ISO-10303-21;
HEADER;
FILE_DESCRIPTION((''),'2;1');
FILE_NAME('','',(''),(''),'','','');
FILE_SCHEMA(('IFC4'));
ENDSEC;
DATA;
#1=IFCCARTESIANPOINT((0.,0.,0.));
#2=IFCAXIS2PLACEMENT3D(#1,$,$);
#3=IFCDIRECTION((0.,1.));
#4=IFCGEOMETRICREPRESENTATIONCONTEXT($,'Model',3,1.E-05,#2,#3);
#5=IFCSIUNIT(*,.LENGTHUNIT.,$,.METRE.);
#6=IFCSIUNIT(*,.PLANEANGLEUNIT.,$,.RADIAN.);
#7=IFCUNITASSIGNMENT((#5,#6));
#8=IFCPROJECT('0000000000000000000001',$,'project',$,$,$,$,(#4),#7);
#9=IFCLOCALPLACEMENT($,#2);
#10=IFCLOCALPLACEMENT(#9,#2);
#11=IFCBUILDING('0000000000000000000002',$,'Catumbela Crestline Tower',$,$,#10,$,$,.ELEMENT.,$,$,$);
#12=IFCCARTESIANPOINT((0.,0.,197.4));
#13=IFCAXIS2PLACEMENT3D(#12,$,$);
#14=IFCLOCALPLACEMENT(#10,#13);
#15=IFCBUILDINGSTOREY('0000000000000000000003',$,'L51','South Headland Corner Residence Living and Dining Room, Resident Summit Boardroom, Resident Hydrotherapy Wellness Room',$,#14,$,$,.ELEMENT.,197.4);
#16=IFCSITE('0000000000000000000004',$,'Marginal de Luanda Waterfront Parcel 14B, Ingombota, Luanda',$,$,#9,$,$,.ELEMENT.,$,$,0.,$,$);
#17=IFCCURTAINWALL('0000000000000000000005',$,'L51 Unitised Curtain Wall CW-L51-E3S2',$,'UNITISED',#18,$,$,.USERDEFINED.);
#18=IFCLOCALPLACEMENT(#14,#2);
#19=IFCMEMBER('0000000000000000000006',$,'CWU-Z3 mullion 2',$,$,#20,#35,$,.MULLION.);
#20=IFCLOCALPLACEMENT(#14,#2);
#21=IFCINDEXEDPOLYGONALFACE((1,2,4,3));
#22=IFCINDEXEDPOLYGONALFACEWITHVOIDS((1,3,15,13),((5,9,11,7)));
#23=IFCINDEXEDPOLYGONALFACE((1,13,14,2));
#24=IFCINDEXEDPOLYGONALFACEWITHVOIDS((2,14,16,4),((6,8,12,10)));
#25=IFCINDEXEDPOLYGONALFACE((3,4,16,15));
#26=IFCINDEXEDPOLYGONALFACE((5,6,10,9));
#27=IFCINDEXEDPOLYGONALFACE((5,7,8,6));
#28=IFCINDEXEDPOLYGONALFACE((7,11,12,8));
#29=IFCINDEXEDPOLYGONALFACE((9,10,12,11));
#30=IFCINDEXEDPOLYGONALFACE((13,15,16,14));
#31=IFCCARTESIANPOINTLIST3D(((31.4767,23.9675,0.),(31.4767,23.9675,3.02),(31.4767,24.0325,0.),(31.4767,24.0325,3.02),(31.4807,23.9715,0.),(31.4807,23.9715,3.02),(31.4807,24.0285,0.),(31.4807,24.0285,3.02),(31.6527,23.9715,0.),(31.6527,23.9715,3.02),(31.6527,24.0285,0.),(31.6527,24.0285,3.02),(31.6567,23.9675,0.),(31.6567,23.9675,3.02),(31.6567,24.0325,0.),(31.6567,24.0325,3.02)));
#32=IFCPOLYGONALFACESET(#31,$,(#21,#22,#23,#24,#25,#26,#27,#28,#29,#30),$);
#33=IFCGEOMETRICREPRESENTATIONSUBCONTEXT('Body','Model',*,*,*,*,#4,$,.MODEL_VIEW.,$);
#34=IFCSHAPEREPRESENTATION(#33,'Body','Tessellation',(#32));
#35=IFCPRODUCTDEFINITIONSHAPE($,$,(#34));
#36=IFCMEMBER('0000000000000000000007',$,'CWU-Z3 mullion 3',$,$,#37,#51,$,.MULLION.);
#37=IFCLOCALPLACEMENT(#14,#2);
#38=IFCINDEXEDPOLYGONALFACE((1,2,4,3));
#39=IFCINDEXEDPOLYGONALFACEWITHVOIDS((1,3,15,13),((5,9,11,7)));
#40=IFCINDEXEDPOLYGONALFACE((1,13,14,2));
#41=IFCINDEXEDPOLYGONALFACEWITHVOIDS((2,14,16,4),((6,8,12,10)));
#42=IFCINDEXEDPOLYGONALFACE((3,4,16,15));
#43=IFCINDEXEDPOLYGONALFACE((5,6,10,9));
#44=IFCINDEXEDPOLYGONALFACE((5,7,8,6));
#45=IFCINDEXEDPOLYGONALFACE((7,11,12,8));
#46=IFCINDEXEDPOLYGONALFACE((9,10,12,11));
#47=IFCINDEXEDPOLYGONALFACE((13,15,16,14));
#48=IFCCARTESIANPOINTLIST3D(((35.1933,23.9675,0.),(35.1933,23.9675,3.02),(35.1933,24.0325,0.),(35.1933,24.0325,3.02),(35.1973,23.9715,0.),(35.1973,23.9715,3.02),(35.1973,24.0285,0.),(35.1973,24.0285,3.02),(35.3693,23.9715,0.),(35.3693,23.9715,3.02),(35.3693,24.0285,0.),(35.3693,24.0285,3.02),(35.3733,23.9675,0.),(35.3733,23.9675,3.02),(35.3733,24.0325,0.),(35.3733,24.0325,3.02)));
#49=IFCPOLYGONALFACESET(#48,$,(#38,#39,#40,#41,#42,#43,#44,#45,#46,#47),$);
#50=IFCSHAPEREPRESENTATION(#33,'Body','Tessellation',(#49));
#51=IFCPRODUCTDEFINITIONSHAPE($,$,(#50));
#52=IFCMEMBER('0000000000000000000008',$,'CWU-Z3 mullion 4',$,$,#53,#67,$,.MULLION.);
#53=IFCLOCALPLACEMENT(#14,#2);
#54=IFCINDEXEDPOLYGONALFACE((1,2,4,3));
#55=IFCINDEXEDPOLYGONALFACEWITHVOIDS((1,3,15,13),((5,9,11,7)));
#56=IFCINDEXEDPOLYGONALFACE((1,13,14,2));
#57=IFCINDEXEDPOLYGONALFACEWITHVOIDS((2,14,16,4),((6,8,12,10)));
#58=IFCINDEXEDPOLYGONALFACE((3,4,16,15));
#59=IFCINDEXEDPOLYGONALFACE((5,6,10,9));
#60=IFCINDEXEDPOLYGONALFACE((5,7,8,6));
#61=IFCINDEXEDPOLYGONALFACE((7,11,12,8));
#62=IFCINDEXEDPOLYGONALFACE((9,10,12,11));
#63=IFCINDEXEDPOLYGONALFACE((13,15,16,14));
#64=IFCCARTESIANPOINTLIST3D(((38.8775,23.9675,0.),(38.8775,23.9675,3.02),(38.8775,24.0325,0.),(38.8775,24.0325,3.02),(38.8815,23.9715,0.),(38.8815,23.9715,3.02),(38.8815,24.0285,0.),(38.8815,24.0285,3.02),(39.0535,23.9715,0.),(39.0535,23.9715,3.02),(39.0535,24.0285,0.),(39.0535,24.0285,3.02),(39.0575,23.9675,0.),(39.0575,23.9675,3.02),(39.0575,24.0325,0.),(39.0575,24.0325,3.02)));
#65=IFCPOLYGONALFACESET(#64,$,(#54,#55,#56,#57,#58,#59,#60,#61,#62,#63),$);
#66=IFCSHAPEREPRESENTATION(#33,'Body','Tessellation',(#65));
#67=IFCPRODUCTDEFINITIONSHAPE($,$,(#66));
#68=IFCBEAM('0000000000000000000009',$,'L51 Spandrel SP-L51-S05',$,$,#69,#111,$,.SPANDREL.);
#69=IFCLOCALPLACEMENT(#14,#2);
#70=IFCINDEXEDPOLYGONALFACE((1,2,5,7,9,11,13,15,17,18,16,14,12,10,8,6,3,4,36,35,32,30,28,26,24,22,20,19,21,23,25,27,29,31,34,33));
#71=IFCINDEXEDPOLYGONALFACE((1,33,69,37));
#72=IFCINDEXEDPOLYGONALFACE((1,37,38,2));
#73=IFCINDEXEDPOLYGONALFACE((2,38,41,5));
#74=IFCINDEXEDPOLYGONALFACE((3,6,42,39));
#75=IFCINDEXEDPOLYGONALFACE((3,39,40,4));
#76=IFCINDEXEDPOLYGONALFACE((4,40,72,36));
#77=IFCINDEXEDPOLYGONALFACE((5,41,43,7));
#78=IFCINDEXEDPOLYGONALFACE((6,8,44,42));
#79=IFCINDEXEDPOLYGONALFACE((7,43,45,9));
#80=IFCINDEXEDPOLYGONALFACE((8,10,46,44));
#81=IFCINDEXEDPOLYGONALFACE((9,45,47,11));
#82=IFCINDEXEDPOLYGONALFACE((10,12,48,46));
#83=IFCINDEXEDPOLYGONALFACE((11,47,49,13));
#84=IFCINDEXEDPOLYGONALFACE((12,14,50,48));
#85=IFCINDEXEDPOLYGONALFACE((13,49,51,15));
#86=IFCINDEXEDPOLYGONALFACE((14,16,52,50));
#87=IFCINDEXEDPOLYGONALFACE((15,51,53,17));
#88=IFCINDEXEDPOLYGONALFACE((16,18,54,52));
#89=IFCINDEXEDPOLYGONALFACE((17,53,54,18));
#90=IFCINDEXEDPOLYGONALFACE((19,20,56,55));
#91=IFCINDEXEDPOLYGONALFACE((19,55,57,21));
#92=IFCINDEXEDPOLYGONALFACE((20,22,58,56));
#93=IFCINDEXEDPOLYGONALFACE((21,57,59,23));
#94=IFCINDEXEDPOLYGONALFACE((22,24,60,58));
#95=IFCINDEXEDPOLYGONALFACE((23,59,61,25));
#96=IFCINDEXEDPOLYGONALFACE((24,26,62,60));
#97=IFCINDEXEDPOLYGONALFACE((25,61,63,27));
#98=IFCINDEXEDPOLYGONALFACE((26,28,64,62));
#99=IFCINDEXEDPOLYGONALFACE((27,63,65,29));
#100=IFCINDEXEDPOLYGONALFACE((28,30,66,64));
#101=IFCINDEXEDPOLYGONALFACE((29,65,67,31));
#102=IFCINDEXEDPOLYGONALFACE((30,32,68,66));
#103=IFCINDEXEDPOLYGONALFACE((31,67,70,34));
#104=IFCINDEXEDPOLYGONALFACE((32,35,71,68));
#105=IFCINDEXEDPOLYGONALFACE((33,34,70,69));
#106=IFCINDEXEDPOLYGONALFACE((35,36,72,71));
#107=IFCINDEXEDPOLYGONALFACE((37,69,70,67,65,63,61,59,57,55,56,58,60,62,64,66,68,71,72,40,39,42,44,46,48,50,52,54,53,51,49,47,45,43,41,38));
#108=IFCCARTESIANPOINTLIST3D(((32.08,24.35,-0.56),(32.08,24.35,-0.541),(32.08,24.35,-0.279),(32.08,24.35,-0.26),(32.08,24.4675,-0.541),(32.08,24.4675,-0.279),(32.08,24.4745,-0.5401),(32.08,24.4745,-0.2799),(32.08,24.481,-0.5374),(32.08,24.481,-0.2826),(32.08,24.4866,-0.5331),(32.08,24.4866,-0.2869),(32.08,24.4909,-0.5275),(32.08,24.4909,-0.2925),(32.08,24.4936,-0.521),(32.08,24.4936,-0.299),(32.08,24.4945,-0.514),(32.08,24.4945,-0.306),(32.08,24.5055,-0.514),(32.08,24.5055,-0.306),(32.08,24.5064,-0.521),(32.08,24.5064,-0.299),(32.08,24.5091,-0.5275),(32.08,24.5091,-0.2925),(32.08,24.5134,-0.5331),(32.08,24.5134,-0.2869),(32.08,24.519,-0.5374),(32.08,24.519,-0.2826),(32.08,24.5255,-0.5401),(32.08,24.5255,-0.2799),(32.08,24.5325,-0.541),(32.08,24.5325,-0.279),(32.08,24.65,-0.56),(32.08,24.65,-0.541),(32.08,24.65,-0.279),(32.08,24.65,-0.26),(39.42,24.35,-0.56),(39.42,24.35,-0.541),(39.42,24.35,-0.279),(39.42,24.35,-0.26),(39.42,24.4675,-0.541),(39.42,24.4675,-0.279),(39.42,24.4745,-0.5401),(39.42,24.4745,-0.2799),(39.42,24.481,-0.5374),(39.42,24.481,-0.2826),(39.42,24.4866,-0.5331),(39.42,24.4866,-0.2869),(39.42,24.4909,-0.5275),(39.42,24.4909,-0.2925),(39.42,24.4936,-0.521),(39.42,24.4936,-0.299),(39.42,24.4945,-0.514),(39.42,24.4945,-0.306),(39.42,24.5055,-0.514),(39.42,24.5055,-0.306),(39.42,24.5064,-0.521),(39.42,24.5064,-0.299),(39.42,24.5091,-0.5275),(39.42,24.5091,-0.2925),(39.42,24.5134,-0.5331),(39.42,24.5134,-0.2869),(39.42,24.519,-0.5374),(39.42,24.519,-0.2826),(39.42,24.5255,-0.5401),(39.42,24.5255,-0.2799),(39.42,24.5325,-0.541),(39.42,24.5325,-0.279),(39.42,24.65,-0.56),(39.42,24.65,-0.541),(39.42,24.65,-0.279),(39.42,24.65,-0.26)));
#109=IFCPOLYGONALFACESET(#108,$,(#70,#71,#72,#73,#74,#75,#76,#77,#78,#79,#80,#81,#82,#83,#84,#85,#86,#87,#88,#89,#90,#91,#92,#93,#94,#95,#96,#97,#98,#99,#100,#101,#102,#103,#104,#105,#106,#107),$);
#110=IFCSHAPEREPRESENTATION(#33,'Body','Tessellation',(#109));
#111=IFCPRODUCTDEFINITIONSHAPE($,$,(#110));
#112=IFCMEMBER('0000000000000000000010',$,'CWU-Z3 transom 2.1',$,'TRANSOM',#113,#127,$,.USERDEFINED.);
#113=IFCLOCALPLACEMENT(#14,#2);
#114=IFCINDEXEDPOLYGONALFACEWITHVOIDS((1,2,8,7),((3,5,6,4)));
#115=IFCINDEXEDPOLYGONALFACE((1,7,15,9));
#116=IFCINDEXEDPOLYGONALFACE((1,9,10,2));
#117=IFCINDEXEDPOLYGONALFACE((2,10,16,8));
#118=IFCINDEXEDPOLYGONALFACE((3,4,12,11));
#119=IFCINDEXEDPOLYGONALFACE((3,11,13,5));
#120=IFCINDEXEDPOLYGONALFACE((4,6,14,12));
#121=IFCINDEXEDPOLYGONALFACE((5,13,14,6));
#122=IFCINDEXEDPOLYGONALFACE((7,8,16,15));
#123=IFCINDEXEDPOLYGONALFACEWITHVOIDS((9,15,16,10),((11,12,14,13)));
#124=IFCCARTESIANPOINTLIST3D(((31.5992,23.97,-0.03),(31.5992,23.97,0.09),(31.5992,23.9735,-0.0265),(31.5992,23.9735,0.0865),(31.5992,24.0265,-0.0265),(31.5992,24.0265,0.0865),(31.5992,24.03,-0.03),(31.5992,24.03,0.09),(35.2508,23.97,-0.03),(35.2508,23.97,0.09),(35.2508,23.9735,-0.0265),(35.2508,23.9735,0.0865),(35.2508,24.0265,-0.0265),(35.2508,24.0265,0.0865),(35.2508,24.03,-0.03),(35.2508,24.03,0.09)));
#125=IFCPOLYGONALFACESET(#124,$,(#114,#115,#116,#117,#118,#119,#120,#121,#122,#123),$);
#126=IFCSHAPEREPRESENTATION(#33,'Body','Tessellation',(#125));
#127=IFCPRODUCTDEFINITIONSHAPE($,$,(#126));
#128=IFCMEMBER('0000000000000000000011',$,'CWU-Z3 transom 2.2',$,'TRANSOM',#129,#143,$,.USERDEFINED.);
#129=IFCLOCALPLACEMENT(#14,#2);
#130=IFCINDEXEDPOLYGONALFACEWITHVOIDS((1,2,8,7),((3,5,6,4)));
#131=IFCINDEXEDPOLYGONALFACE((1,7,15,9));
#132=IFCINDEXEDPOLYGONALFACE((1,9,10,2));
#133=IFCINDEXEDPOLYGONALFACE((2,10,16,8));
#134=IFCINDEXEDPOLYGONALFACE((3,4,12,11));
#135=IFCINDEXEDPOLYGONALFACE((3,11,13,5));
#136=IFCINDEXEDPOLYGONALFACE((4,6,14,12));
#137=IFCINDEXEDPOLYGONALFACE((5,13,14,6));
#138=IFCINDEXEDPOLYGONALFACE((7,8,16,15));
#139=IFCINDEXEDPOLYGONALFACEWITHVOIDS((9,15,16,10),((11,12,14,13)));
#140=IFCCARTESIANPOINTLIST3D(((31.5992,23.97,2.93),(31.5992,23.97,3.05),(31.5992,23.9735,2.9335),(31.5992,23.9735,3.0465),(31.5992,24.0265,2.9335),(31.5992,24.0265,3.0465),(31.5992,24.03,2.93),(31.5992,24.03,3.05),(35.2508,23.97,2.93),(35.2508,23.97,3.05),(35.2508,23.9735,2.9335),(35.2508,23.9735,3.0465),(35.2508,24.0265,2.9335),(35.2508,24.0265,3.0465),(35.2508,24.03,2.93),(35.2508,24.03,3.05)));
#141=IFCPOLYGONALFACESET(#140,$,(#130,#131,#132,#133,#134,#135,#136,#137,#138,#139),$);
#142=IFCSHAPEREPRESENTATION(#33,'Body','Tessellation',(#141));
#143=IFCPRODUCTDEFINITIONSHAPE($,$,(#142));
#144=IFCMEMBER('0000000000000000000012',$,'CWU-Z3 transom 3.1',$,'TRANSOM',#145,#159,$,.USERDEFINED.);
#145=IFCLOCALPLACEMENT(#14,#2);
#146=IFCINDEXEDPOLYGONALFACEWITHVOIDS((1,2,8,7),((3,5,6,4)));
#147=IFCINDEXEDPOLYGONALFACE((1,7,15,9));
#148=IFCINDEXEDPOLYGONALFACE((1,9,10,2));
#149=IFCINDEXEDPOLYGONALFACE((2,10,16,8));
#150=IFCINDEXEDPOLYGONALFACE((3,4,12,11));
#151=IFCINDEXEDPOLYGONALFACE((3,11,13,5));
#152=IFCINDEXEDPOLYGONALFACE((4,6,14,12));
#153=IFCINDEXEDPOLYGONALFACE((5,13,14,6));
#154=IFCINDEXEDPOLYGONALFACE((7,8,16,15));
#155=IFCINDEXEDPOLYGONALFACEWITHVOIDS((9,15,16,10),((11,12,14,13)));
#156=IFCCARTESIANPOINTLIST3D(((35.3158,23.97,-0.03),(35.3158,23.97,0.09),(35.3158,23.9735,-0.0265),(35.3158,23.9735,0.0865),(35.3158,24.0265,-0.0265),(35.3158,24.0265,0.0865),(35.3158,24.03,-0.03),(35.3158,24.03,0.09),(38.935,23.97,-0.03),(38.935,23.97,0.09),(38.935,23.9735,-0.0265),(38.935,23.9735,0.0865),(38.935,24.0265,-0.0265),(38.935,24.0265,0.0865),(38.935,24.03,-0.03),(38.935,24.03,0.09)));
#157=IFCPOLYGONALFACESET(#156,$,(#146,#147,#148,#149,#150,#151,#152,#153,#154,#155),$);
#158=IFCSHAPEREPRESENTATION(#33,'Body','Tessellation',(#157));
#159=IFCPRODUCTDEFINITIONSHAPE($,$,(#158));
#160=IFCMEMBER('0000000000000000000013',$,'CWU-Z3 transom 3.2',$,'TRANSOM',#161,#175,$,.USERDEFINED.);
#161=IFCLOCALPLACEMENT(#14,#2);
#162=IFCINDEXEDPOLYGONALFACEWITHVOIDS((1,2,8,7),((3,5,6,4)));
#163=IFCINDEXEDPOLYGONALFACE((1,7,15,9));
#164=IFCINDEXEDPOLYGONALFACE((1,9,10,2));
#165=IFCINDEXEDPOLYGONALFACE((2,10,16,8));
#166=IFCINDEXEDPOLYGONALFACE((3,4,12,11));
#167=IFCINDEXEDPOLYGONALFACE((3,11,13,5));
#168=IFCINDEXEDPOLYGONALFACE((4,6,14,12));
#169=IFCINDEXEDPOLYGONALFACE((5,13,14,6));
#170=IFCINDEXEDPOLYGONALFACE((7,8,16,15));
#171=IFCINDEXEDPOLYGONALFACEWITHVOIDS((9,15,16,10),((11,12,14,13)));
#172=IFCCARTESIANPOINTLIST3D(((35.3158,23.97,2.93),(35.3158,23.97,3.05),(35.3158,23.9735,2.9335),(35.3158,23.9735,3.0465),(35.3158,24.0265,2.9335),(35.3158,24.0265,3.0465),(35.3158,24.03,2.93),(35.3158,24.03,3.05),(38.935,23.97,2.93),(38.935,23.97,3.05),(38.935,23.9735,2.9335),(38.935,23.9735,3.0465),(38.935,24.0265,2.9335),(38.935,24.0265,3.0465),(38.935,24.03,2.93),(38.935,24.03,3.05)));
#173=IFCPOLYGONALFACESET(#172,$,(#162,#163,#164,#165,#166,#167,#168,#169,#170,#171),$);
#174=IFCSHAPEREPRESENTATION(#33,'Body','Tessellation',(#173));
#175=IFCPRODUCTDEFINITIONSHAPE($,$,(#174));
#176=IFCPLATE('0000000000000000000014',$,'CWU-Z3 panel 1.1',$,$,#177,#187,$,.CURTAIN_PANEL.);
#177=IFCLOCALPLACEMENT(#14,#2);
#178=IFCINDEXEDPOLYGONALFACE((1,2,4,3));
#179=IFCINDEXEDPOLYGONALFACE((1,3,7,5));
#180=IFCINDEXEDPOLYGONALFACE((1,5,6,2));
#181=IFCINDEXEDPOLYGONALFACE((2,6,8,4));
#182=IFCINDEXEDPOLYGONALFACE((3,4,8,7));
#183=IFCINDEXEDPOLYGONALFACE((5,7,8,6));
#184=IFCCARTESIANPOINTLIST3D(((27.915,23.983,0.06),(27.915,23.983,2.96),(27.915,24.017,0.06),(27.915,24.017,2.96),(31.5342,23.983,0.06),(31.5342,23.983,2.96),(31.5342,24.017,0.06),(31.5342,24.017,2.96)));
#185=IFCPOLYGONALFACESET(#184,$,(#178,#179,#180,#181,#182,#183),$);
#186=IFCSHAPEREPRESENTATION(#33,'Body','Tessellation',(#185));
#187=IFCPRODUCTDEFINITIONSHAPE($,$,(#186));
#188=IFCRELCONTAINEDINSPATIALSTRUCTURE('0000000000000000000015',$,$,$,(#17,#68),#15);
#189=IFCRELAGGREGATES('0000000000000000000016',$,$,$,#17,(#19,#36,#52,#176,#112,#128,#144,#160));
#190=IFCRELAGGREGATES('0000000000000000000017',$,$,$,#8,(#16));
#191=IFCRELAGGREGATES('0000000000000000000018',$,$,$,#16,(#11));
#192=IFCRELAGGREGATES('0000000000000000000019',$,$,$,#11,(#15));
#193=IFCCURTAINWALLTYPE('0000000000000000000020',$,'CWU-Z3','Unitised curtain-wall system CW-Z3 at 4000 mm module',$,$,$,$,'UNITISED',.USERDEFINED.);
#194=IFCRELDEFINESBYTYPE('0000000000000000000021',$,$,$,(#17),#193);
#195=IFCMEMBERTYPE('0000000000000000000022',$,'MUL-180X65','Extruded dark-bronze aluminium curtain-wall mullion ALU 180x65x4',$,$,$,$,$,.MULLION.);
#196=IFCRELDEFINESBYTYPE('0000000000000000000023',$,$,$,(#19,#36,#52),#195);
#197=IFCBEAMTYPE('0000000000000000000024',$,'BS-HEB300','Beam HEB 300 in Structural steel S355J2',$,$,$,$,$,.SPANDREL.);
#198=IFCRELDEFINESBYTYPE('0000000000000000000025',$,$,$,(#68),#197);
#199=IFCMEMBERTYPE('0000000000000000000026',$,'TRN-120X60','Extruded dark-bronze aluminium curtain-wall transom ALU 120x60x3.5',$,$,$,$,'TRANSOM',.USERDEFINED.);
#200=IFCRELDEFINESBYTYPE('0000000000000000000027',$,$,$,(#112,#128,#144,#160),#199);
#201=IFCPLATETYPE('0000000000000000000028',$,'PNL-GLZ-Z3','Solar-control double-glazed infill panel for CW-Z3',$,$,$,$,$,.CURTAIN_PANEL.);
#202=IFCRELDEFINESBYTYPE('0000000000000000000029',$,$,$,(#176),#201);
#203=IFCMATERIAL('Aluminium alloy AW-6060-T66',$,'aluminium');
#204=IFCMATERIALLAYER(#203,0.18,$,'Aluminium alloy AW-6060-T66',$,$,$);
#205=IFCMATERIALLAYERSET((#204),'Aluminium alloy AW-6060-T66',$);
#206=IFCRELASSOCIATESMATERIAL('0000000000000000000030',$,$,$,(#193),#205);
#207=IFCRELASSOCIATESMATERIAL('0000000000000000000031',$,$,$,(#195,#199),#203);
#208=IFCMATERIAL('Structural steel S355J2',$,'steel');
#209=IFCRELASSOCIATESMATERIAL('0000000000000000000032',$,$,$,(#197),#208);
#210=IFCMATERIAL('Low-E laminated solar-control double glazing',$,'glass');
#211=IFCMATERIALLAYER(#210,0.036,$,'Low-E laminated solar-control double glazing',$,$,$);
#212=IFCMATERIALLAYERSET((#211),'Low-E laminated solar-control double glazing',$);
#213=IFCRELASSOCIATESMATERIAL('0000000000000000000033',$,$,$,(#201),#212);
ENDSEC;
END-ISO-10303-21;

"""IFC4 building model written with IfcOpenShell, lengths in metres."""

from ifc_helpers import new_model, si_unit, direction, frame, origin, origin_2d, place, context, subcontext, project, spatial, rectangle, hollow_rectangle, i_section, extrude, material, layer, layer_set, material_profile, profile_set, type_object, element, aggregate, save


model = new_model("IFC4")

# Units and contexts
model_context = context("Model", 3, precision=1e-05, world=origin(), true_north=direction((0.0, 1.0)))
body_context = subcontext(model_context, "Body", "Model", "MODEL_VIEW")
ifc_project = project(units=[si_unit("LENGTHUNIT", "METRE"), si_unit("PLANEANGLEUNIT", "RADIAN")], contexts=[model_context])

# Site, building, storey
site_placement = place(None, origin())
site = spatial("IfcSite", under=ifc_project, at=site_placement, Name="Marginal de Luanda Waterfront Parcel 14B, Ingombota, Luanda", CompositionType="ELEMENT", RefElevation=0.0)
building_placement = place(site_placement, origin())
building = spatial("IfcBuilding", under=site, at=building_placement, Name="Catumbela Crestline Tower", CompositionType="ELEMENT")
storey_placement = place(building_placement, frame((0.0, 0.0, 197.4)))
storey = spatial("IfcBuildingStorey", under=building, at=storey_placement, Name="L51", Description="South Headland Corner Residence Living and Dining Room, Resident Summit Boardroom, Resident Hydrotherapy Wellness Room", CompositionType="ELEMENT", Elevation=197.4)

# Shared definitions
ifc_material_1 = material(Name="Structural steel S355J2", Category="steel")

# Curtain wall, members
ifc_material_2 = material(Name="Aluminium alloy AW-6060-T66", Category="aluminium")
ifc_layer_1 = layer(ifc_material_2, 0.18, Name="Aluminium alloy AW-6060-T66")
ifc_layer_set_1 = layer_set([ifc_layer_1], Name="Aluminium alloy AW-6060-T66")
curtain_wall_type = type_object("IfcCurtainWallType", Name="CWU-Z3", Description="Unitised curtain-wall system CW-Z3 at 4000 mm module", ElementType="UNITISED", PredefinedType="USERDEFINED", material=ifc_layer_set_1)
curtain_wall_placement = place(storey_placement, origin())
curtain_wall = element("IfcCurtainWall", 1, at=curtain_wall_placement, inside=storey, type_object=curtain_wall_type, Name="L51 Unitised Curtain Wall CW-L51-E3S2", ObjectType="UNITISED", PredefinedType="USERDEFINED")
ifc_material_profile_1 = material_profile(ifc_material_2, hollow_rectangle(XDim=0.065, YDim=0.18, WallThickness=0.004, at=origin_2d()), Name="ALU 180x65x4")
ifc_profile_set_1 = profile_set([ifc_material_profile_1], Name="Aluminium alloy AW-6060-T66")
member_type_1 = type_object("IfcMemberType", Name="MUL-180X65", Description="Extruded dark-bronze aluminium curtain-wall mullion ALU 180x65x4", PredefinedType="MULLION", material=ifc_profile_set_1)
member_1_placement = place(storey_placement, frame((31.5667, 24.0, 0.0), z_axis=(0.0, 0.0, 1.0), x_axis=(0.0, 1.0, 0.0)))
member_1 = element("IfcMember", 2, at=member_1_placement, type_object=member_type_1, Name="CWU-Z3 mullion 2", PredefinedType="MULLION", context=body_context, shape_type="SweptSolid", body=[
    extrude(hollow_rectangle(XDim=0.065, YDim=0.18, WallThickness=0.004, at=origin_2d()), origin(), (0.0, 0.0, 1.0), 3.02),
])
member_2_placement = place(storey_placement, frame((35.2833, 24.0, 0.0), z_axis=(0.0, 0.0, 1.0), x_axis=(0.0, 1.0, 0.0)))
member_2 = element("IfcMember", 3, at=member_2_placement, type_object=member_type_1, Name="CWU-Z3 mullion 3", PredefinedType="MULLION", context=body_context, shape_type="SweptSolid", body=[
    extrude(hollow_rectangle(XDim=0.065, YDim=0.18, WallThickness=0.004, at=origin_2d()), origin(), (0.0, 0.0, 1.0), 3.02),
])
member_3_placement = place(storey_placement, frame((38.9675, 24.0, 0.0), z_axis=(0.0, 0.0, 1.0), x_axis=(0.0, 1.0, 0.0)))
member_3 = element("IfcMember", 4, at=member_3_placement, type_object=member_type_1, Name="CWU-Z3 mullion 4", PredefinedType="MULLION", context=body_context, shape_type="SweptSolid", body=[
    extrude(hollow_rectangle(XDim=0.065, YDim=0.18, WallThickness=0.004, at=origin_2d()), origin(), (0.0, 0.0, 1.0), 3.02),
])

# Beam
ifc_material_profile_2 = material_profile(ifc_material_1, i_section(OverallWidth=0.3, OverallDepth=0.3, WebThickness=0.011, FlangeThickness=0.019, FilletRadius=0.027, at=origin_2d()), Name="HEB 300")
ifc_profile_set_2 = profile_set([ifc_material_profile_2], Name="Structural steel S355J2")
beam_type_1 = type_object("IfcBeamType", Name="BS-HEB300", Description="Beam HEB 300 in Structural steel S355J2", PredefinedType="SPANDREL", material=ifc_profile_set_2)
beam_1_placement = place(storey_placement, frame((32.08, 24.5, -0.41), z_axis=(1.0, 0.0, 0.0), x_axis=(0.0, 1.0, 0.0)))
element("IfcBeam", 5, at=beam_1_placement, inside=storey, type_object=beam_type_1, Name="L51 Spandrel SP-L51-S05", PredefinedType="SPANDREL", context=body_context, shape_type="SweptSolid", body=[
    extrude(i_section(OverallWidth=0.3, OverallDepth=0.3, WebThickness=0.011, FlangeThickness=0.019, FilletRadius=0.027, at=origin_2d()), origin(), (0.0, 0.0, 1.0), 7.34),
])

# Members
ifc_material_profile_3 = material_profile(ifc_material_2, hollow_rectangle(XDim=0.06, YDim=0.12, WallThickness=0.0035, at=origin_2d()), Name="ALU 120x60x3.5")
ifc_profile_set_3 = profile_set([ifc_material_profile_3], Name="Aluminium alloy AW-6060-T66")
member_type_2 = type_object("IfcMemberType", Name="TRN-120X60", Description="Extruded dark-bronze aluminium curtain-wall transom ALU 120x60x3.5", ElementType="TRANSOM", PredefinedType="USERDEFINED", material=ifc_profile_set_3)
member_4_placement = place(storey_placement, frame((31.5992, 24.0, 0.03), z_axis=(1.0, 0.0, 0.0), x_axis=(0.0, 1.0, 0.0)))
member_4 = element("IfcMember", 6, at=member_4_placement, type_object=member_type_2, Name="CWU-Z3 transom 2.1", ObjectType="TRANSOM", PredefinedType="USERDEFINED", context=body_context, shape_type="SweptSolid", body=[
    extrude(hollow_rectangle(XDim=0.06, YDim=0.12, WallThickness=0.0035, at=origin_2d()), origin(), (0.0, 0.0, 1.0), 3.6516),
])
member_5_placement = place(storey_placement, frame((31.5992, 24.0, 2.99), z_axis=(1.0, 0.0, 0.0), x_axis=(0.0, 1.0, 0.0)))
member_5 = element("IfcMember", 7, at=member_5_placement, type_object=member_type_2, Name="CWU-Z3 transom 2.2", ObjectType="TRANSOM", PredefinedType="USERDEFINED", context=body_context, shape_type="SweptSolid", body=[
    extrude(hollow_rectangle(XDim=0.06, YDim=0.12, WallThickness=0.0035, at=origin_2d()), origin(), (0.0, 0.0, 1.0), 3.6516),
])
member_6_placement = place(storey_placement, frame((35.3158, 24.0, 0.03), z_axis=(1.0, 0.0, 0.0), x_axis=(0.0, 1.0, 0.0)))
member_6 = element("IfcMember", 8, at=member_6_placement, type_object=member_type_2, Name="CWU-Z3 transom 3.1", ObjectType="TRANSOM", PredefinedType="USERDEFINED", context=body_context, shape_type="SweptSolid", body=[
    extrude(hollow_rectangle(XDim=0.06, YDim=0.12, WallThickness=0.0035, at=origin_2d()), origin(), (0.0, 0.0, 1.0), 3.6192),
])
member_7_placement = place(storey_placement, frame((35.3158, 24.0, 2.99), z_axis=(1.0, 0.0, 0.0), x_axis=(0.0, 1.0, 0.0)))
member_7 = element("IfcMember", 9, at=member_7_placement, type_object=member_type_2, Name="CWU-Z3 transom 3.2", ObjectType="TRANSOM", PredefinedType="USERDEFINED", context=body_context, shape_type="SweptSolid", body=[
    extrude(hollow_rectangle(XDim=0.06, YDim=0.12, WallThickness=0.0035, at=origin_2d()), origin(), (0.0, 0.0, 1.0), 3.6192),
])

# Plate
ifc_material_3 = material(Name="Low-E laminated solar-control double glazing", Category="glass")
ifc_layer_2 = layer(ifc_material_3, 0.036, Name="Low-E laminated solar-control double glazing")
ifc_layer_set_2 = layer_set([ifc_layer_2], Name="Low-E laminated solar-control double glazing")
plate_type = type_object("IfcPlateType", Name="PNL-GLZ-Z3", Description="Solar-control double-glazed infill panel for CW-Z3", PredefinedType="CURTAIN_PANEL", material=ifc_layer_set_2)
plate_1_placement = place(storey_placement, frame((29.7246, 24.0, 0.06), z_axis=(0.0, 0.0, 1.0), x_axis=(1.0, 0.0, 0.0)))
plate_1 = element("IfcPlate", 10, at=plate_1_placement, type_object=plate_type, Name="CWU-Z3 panel 1.1", PredefinedType="CURTAIN_PANEL", context=body_context, shape_type="SweptSolid", body=[
    extrude(rectangle(XDim=3.6192, YDim=0.034, at=origin_2d()), origin(), (0.0, 0.0, 1.0), 2.9),
])
aggregate(curtain_wall, [member_1, member_2, member_3, plate_1, member_4, member_5, member_6, member_7])

save(model, "model.ifc")
